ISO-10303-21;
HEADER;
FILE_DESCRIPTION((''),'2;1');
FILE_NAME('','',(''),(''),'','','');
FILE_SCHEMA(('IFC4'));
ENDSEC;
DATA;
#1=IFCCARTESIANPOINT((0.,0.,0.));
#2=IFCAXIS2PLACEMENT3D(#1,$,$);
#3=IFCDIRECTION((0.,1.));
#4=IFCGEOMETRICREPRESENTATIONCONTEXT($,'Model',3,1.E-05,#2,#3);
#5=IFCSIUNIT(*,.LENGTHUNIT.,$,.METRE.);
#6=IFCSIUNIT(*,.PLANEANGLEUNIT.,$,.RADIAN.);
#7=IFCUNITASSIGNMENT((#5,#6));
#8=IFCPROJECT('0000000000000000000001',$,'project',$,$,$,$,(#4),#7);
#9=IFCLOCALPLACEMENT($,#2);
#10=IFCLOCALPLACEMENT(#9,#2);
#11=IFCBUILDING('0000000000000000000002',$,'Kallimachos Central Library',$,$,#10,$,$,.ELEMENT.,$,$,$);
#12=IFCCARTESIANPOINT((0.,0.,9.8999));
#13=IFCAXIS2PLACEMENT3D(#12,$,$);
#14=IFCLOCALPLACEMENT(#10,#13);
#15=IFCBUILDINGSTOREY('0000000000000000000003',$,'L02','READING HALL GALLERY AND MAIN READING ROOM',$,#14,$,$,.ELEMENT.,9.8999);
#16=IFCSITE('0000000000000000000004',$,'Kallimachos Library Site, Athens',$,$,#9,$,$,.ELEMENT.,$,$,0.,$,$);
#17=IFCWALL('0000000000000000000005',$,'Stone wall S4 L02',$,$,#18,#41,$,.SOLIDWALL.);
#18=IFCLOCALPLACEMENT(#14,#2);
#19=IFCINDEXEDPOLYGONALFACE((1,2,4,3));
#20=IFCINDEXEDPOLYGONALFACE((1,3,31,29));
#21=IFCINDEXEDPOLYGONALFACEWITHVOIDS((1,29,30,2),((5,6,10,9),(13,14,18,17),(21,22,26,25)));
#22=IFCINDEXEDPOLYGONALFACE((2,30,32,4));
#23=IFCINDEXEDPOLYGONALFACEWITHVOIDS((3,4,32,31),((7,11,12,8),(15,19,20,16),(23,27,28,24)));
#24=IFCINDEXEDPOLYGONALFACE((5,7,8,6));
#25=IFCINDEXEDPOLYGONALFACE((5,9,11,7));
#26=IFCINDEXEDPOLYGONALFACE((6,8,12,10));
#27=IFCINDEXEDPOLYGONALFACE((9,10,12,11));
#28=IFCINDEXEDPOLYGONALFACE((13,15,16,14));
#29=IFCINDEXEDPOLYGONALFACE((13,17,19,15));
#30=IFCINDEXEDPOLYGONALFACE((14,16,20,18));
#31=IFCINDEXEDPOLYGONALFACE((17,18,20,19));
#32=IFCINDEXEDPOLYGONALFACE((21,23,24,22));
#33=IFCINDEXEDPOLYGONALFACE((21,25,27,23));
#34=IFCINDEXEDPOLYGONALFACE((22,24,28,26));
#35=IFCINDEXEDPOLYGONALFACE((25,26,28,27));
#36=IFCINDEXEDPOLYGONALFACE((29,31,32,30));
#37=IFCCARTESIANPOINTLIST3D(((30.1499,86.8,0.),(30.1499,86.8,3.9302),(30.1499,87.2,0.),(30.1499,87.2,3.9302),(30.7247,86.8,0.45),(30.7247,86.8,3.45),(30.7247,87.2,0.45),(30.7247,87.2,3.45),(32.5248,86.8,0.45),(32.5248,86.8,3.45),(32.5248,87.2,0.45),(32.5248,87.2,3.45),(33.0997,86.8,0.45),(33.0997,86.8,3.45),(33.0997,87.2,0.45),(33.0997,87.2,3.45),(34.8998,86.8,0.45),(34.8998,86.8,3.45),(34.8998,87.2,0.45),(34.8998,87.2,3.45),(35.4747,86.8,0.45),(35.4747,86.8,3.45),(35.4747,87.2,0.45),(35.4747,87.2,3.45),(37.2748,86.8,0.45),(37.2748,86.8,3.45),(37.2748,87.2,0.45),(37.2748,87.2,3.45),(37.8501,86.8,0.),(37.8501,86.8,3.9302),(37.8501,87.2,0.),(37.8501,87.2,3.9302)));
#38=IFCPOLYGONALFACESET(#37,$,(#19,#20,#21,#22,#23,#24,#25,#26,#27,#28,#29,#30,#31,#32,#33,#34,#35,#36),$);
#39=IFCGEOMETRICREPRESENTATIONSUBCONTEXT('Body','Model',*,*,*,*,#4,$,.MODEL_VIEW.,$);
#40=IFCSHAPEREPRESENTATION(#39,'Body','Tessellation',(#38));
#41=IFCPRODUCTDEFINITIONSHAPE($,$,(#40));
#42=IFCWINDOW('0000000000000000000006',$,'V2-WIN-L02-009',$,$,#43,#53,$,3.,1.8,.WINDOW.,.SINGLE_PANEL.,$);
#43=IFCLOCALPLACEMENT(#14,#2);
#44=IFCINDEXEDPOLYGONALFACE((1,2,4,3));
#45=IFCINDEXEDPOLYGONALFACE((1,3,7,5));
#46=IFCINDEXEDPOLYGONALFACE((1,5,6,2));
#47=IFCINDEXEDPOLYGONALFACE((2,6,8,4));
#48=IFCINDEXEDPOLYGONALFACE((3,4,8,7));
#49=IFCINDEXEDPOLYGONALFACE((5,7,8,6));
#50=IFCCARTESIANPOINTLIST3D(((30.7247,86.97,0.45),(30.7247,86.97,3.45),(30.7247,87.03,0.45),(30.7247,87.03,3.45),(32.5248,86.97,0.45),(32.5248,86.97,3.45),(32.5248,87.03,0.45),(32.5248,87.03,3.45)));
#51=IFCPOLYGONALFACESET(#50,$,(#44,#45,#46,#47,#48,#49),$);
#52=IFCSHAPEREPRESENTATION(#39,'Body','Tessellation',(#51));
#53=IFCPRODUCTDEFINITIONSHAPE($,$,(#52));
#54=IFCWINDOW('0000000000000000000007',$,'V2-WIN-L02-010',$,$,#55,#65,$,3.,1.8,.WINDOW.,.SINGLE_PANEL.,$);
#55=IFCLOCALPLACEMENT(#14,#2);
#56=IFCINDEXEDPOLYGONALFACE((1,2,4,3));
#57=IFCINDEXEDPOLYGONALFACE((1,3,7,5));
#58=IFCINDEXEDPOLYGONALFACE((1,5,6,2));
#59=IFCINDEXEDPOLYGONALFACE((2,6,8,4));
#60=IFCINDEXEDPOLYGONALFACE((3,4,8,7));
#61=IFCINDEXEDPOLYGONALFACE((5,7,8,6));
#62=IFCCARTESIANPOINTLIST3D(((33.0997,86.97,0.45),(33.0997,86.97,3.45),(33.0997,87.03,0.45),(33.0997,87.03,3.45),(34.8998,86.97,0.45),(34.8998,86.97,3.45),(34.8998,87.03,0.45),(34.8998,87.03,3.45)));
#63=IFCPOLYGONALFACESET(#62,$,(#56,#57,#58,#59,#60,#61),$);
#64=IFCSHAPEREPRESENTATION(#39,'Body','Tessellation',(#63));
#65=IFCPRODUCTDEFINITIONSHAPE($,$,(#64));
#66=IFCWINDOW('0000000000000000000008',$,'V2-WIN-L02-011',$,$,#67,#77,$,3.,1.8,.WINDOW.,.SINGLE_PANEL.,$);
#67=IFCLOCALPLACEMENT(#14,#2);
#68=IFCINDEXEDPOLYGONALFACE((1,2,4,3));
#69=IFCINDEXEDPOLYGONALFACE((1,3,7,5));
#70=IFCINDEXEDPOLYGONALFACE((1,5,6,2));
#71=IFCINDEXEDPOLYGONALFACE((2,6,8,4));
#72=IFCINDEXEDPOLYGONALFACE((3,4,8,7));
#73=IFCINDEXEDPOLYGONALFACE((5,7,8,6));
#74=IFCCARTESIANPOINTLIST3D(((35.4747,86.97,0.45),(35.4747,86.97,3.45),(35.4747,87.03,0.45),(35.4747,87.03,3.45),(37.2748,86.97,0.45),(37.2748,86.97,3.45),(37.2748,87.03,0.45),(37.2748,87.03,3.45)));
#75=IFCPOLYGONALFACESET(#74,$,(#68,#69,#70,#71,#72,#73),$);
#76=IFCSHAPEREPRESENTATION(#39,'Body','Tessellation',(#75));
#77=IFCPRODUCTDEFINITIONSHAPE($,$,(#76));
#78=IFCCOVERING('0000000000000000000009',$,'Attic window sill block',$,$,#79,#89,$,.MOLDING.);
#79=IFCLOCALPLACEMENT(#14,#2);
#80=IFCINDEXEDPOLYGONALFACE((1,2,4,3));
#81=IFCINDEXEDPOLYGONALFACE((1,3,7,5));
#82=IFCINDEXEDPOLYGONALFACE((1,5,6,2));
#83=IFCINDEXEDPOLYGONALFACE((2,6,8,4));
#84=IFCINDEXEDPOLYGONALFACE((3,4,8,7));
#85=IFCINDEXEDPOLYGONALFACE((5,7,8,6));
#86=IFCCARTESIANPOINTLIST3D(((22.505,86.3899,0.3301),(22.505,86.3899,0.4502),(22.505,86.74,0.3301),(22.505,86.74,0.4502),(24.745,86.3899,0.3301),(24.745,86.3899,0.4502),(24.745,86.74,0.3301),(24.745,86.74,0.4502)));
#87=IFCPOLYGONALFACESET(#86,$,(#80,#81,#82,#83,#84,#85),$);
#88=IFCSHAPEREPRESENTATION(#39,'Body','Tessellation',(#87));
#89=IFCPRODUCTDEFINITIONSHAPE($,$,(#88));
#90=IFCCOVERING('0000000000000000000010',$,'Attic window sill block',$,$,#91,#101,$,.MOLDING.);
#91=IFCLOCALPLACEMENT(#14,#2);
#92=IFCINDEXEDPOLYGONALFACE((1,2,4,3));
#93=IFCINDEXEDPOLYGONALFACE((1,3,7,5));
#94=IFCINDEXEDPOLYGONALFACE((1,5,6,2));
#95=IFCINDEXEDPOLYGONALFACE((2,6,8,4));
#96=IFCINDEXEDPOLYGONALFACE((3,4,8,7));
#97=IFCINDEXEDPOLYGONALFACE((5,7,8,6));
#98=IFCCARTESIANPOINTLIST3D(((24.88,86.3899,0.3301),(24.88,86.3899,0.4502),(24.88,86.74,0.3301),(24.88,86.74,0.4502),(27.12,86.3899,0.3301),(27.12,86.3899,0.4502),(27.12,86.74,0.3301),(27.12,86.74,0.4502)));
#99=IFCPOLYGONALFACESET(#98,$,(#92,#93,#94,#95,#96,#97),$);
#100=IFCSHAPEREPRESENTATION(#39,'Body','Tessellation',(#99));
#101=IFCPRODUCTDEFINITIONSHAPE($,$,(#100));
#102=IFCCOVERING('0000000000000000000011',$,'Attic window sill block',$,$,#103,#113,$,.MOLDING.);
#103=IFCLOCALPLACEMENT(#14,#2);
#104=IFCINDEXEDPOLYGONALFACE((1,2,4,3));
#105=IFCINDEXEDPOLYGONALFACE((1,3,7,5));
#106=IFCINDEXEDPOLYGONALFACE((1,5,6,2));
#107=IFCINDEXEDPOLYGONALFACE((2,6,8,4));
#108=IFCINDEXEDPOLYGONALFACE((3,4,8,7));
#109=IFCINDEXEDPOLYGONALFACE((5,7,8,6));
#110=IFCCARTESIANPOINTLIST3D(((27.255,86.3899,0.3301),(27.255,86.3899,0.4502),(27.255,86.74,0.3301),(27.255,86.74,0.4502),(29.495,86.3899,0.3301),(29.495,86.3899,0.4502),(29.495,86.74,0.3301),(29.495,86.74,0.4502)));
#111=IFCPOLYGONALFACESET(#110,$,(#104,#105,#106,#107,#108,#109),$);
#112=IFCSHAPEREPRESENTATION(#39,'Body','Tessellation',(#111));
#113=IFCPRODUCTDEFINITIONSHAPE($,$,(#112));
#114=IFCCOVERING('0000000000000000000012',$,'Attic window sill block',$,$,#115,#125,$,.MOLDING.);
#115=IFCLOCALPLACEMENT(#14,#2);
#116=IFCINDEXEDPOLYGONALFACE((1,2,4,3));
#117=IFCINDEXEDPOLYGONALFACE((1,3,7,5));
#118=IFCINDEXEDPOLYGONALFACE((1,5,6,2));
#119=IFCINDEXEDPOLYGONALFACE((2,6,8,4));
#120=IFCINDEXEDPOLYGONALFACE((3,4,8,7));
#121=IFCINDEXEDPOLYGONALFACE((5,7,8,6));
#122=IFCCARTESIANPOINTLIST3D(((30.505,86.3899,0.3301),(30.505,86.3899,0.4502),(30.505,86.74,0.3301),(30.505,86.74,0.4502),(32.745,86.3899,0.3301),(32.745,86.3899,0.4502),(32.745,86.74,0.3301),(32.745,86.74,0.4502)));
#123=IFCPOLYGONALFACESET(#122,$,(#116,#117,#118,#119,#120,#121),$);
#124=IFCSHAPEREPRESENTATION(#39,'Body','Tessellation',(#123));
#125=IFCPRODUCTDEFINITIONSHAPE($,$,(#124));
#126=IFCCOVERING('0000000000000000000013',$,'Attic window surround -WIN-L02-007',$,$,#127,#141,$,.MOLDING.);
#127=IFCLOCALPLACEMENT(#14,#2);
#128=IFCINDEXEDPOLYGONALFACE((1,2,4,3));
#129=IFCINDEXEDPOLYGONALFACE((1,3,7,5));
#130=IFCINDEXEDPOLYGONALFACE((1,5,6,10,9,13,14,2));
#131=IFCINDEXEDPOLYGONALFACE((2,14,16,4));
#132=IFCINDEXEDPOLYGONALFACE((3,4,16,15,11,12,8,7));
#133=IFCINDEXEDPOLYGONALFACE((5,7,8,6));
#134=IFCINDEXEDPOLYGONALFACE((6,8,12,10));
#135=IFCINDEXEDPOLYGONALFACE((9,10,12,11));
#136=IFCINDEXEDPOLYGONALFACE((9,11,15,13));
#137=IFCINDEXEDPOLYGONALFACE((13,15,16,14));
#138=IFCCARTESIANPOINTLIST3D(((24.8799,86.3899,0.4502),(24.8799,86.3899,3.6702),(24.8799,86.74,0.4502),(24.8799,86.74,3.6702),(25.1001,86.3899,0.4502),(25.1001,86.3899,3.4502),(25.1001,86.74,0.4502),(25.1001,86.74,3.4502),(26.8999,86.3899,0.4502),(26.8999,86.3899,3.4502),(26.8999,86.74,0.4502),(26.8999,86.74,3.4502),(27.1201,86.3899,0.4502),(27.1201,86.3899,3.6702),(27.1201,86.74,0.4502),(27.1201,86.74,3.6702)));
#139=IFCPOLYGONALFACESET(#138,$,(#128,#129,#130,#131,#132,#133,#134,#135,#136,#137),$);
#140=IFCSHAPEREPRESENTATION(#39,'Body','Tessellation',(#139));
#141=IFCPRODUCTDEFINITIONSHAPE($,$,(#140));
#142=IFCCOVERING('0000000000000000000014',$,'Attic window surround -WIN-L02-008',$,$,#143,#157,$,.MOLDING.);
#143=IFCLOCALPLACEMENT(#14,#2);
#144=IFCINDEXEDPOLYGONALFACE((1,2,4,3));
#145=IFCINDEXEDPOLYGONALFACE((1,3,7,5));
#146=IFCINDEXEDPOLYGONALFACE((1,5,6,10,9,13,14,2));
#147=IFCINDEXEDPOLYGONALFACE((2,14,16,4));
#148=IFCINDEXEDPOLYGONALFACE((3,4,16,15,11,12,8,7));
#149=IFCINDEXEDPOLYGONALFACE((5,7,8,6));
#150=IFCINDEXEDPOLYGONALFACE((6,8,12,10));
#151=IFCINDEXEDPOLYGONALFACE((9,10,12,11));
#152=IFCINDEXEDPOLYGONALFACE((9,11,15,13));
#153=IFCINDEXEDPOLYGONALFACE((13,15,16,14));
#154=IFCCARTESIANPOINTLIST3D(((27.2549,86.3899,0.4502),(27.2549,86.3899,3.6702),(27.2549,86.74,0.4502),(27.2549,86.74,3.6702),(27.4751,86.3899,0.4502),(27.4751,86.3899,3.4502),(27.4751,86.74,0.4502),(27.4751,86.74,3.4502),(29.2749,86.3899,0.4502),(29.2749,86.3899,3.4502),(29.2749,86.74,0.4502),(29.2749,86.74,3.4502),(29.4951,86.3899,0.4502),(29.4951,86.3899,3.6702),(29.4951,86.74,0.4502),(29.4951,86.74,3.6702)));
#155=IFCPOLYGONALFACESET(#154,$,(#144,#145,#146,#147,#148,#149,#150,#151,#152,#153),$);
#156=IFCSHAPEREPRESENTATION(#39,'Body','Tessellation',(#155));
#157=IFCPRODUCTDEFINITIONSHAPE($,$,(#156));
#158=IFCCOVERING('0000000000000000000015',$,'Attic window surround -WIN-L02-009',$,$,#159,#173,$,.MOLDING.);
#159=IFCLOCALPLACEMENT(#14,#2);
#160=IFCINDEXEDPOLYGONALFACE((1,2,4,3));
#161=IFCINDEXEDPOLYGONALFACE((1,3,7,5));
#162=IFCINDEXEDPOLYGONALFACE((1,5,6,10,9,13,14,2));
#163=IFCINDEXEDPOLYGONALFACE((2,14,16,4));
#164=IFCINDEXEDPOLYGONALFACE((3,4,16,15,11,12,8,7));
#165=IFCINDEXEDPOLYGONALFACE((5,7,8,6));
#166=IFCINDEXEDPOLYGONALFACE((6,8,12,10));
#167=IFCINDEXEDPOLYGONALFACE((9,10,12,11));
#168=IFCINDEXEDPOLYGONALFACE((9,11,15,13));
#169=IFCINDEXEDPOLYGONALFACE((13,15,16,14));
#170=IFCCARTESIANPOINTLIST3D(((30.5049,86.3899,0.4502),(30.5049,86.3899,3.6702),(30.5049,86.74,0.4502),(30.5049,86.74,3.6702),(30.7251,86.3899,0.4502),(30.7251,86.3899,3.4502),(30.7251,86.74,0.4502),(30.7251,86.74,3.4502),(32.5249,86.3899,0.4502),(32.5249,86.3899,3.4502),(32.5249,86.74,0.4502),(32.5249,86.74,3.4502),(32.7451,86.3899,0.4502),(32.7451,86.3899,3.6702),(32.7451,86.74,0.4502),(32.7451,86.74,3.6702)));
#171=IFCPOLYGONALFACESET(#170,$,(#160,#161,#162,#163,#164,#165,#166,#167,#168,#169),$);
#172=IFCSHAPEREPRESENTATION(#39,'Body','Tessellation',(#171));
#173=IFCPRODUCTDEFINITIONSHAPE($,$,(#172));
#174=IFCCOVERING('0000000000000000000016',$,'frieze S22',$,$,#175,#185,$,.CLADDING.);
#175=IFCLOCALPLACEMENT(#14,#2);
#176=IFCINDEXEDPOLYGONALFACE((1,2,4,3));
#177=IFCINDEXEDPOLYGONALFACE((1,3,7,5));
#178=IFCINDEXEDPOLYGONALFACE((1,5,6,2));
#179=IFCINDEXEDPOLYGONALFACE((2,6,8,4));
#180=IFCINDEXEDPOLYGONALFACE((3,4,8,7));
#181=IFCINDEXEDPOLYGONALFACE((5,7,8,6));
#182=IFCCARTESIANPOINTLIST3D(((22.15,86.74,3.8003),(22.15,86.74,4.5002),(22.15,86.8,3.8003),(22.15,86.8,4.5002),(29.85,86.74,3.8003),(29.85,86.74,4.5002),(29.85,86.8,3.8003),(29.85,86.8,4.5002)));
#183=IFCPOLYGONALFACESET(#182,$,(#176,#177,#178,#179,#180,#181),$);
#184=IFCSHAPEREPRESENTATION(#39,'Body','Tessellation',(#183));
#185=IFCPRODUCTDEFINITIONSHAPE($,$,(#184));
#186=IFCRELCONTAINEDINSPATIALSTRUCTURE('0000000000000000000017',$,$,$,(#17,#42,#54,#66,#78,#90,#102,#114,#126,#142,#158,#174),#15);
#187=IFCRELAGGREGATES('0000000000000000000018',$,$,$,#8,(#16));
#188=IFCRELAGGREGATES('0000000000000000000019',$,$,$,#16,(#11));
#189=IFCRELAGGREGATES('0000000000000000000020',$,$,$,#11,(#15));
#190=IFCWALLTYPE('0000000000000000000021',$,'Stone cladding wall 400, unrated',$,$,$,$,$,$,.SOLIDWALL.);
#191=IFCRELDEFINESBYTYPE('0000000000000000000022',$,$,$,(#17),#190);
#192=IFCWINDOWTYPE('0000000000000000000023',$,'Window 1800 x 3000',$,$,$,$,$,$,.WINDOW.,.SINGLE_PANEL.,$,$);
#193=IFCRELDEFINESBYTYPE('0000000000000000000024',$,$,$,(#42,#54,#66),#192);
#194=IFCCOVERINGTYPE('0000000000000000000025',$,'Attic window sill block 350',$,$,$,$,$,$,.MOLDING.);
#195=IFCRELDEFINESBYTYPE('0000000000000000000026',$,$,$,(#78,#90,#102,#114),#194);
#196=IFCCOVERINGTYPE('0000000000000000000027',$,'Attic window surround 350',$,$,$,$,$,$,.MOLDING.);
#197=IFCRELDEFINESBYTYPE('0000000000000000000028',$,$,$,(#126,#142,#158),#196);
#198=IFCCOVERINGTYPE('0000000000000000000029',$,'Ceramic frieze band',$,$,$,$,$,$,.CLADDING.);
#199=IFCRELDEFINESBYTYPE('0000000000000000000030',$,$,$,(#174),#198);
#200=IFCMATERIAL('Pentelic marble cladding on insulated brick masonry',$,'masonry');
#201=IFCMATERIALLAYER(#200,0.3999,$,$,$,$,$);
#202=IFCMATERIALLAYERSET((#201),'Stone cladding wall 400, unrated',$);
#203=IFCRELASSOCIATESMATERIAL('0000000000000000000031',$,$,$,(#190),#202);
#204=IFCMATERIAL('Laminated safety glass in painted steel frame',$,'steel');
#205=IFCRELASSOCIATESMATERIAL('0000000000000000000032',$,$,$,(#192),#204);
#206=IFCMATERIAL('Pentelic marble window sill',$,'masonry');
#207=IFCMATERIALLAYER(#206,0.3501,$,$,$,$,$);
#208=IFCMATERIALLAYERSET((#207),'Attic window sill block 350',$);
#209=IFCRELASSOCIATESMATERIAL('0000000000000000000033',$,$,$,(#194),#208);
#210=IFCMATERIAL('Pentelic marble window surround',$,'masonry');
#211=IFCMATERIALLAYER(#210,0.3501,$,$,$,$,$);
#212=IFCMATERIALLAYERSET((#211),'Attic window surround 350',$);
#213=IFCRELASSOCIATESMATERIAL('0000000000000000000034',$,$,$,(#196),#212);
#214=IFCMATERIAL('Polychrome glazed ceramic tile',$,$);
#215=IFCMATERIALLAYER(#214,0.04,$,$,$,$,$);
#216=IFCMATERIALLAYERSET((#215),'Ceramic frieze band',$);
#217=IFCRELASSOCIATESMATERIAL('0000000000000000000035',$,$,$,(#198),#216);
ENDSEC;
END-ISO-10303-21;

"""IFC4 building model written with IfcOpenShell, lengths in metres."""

from ifc_helpers import new_model, si_unit, direction, frame, frame_2d, origin, origin_2d, place, context, subcontext, project, spatial, polyline, rectangle, outline, extrude, material, layer, layer_set, type_object, element, fill, save


model = new_model("IFC4")

# Units and contexts
model_context = context("Model", 3, precision=1e-05, world=origin(), true_north=direction((0.0, 1.0)))
body_context = subcontext(model_context, "Body", "Model", "MODEL_VIEW")
ifc_project = project(units=[si_unit("LENGTHUNIT", "METRE"), si_unit("PLANEANGLEUNIT", "RADIAN")], contexts=[model_context])

# Site, building, storey
site_placement = place(None, origin())
site = spatial("IfcSite", under=ifc_project, at=site_placement, Name="Kallimachos Library Site, Athens", CompositionType="ELEMENT", RefElevation=0.0)
building_placement = place(site_placement, origin())
building = spatial("IfcBuilding", under=site, at=building_placement, Name="Kallimachos Central Library", CompositionType="ELEMENT")
storey_placement = place(building_placement, frame((0.0, 0.0, 9.8999)))
storey = spatial("IfcBuildingStorey", under=building, at=storey_placement, Name="L02", Description="READING HALL GALLERY AND MAIN READING ROOM", CompositionType="ELEMENT", Elevation=9.8999)

# Wall, openings, windows
ifc_material_1 = material(Name="Pentelic marble cladding on insulated brick masonry", Category="masonry")
ifc_layer_1 = layer(ifc_material_1, 0.3999)
ifc_layer_set_1 = layer_set([ifc_layer_1], Name="Stone cladding wall 400, unrated")
wall_type_1 = type_object("IfcWallType", Name="Stone cladding wall 400, unrated", PredefinedType="SOLIDWALL", material=ifc_layer_set_1)
wall_1_placement = place(storey_placement, frame((30.1499, 87.0, 0.0), z_axis=(0.0, 0.0, 1.0), x_axis=(1.0, 0.0, 0.0)))
wall_1 = element("IfcWall", 1, at=wall_1_placement, inside=storey, type_object=wall_type_1, Name="Stone wall S4 L02", PredefinedType="SOLIDWALL", context=body_context, shape_type="SweptSolid", body=[
    extrude(rectangle(XDim=7.7002, YDim=0.3999, at=frame_2d((3.8501, 0.0))), origin(), (0.0, 0.0, 1.0), 3.9302),
])
opening_1_placement = place(wall_1_placement, frame((0.575, 0.0, 0.45)))
opening_1 = element("IfcOpeningElement", 2, at=opening_1_placement, cuts=wall_1, PredefinedType="OPENING", context=body_context, shape_type="SweptSolid", body=[
    extrude(rectangle(XDim=1.8, YDim=3.0, at=frame_2d((0.8999, 1.5))), frame((0.0, 0.21, 0.0), z_axis=(0.0, -1.0, 0.0), x_axis=(1.0, 0.0, 0.0)), (0.0, 0.0, 1.0), 0.4199),
])
opening_2_placement = place(wall_1_placement, frame((2.95, 0.0, 0.45)))
opening_2 = element("IfcOpeningElement", 3, at=opening_2_placement, cuts=wall_1, PredefinedType="OPENING", context=body_context, shape_type="SweptSolid", body=[
    extrude(rectangle(XDim=1.8, YDim=3.0, at=frame_2d((0.8999, 1.5))), frame((0.0, 0.21, 0.0), z_axis=(0.0, -1.0, 0.0), x_axis=(1.0, 0.0, 0.0)), (0.0, 0.0, 1.0), 0.4199),
])
opening_3_placement = place(wall_1_placement, frame((5.325, 0.0, 0.45)))
opening_3 = element("IfcOpeningElement", 4, at=opening_3_placement, cuts=wall_1, PredefinedType="OPENING", context=body_context, shape_type="SweptSolid", body=[
    extrude(rectangle(XDim=1.8, YDim=3.0, at=frame_2d((0.8999, 1.5))), frame((0.0, 0.21, 0.0), z_axis=(0.0, -1.0, 0.0), x_axis=(1.0, 0.0, 0.0)), (0.0, 0.0, 1.0), 0.4199),
])
ifc_material_2 = material(Name="Laminated safety glass in painted steel frame", Category="steel")
window_type = type_object("IfcWindowType", Name="Window 1800 x 3000", PartitioningType="SINGLE_PANEL", PredefinedType="WINDOW", material=ifc_material_2)
window_1_placement = place(opening_1_placement, origin())
window_1 = element("IfcWindow", 5, at=window_1_placement, inside=storey, type_object=window_type, Name="V2-WIN-L02-009", OverallHeight=3.0, OverallWidth=1.8, PartitioningType="SINGLE_PANEL", PredefinedType="WINDOW", context=body_context, shape_type="SweptSolid", body=[
    extrude(rectangle(XDim=1.8, YDim=3.0, at=frame_2d((0.8999, 1.5))), frame((0.0, 0.03, 0.0), z_axis=(0.0, -1.0, 0.0), x_axis=(1.0, 0.0, 0.0)), (0.0, 0.0, 1.0), 0.0601),
])
fill(opening_1, window_1)
window_2_placement = place(opening_2_placement, origin())
window_2 = element("IfcWindow", 6, at=window_2_placement, inside=storey, type_object=window_type, Name="V2-WIN-L02-010", OverallHeight=3.0, OverallWidth=1.8, PartitioningType="SINGLE_PANEL", PredefinedType="WINDOW", context=body_context, shape_type="SweptSolid", body=[
    extrude(rectangle(XDim=1.8, YDim=3.0, at=frame_2d((0.8999, 1.5))), frame((0.0, 0.03, 0.0), z_axis=(0.0, -1.0, 0.0), x_axis=(1.0, 0.0, 0.0)), (0.0, 0.0, 1.0), 0.0601),
])
fill(opening_2, window_2)
window_3_placement = place(opening_3_placement, origin())
window_3 = element("IfcWindow", 7, at=window_3_placement, inside=storey, type_object=window_type, Name="V2-WIN-L02-011", OverallHeight=3.0, OverallWidth=1.8, PartitioningType="SINGLE_PANEL", PredefinedType="WINDOW", context=body_context, shape_type="SweptSolid", body=[
    extrude(rectangle(XDim=1.8, YDim=3.0, at=frame_2d((0.8999, 1.5))), frame((0.0, 0.03, 0.0), z_axis=(0.0, -1.0, 0.0), x_axis=(1.0, 0.0, 0.0)), (0.0, 0.0, 1.0), 0.0601),
])
fill(opening_3, window_3)

# Coverings
ifc_material_3 = material(Name="Pentelic marble window sill", Category="masonry")
ifc_layer_2 = layer(ifc_material_3, 0.3501)
ifc_layer_set_2 = layer_set([ifc_layer_2], Name="Attic window sill block 350")
covering_type_1 = type_object("IfcCoveringType", Name="Attic window sill block 350", PredefinedType="MOLDING", material=ifc_layer_set_2)
for number, where, z_axis, x_axis, name in (
    (8, (23.625, 86.5649, 0.3301), (0.0, 0.0, 1.0), (1.0, 0.0, 0.0), "Attic window sill block"),
    (9, (26.0, 86.5649, 0.3301), (0.0, 0.0, 1.0), (1.0, 0.0, 0.0), "Attic window sill block"),
    (10, (28.375, 86.5649, 0.3301), (0.0, 0.0, 1.0), (1.0, 0.0, 0.0), "Attic window sill block"),
    (11, (31.625, 86.5649, 0.3301), (0.0, 0.0, 1.0), (1.0, 0.0, 0.0), "Attic window sill block"),
):
    element("IfcCovering", number, at=place(storey_placement, frame(where, z_axis=z_axis, x_axis=x_axis)), inside=storey, type_object=covering_type_1, Name=name, PredefinedType="MOLDING", context=body_context, shape_type="SweptSolid", body=[
        extrude(rectangle(XDim=2.24, YDim=0.3501, at=origin_2d()), origin(), (0.0, 0.0, 1.0), 0.1201),
    ])
ifc_material_4 = material(Name="Pentelic marble window surround", Category="masonry")
ifc_layer_3 = layer(ifc_material_4, 0.3501)
ifc_layer_set_3 = layer_set([ifc_layer_3], Name="Attic window surround 350")
covering_type_2 = type_object("IfcCoveringType", Name="Attic window surround 350", PredefinedType="MOLDING", material=ifc_layer_set_3)
for number, where, z_axis, x_axis, name in (
    (12, (25.1001, 86.3899, 0.4502), (0.0, -1.0, 0.0), (0.0, 0.0, 1.0), "Attic window surround -WIN-L02-007"),
    (13, (27.4751, 86.3899, 0.4502), (0.0, -1.0, 0.0), (0.0, 0.0, 1.0), "Attic window surround -WIN-L02-008"),
    (14, (30.7251, 86.3899, 0.4502), (0.0, -1.0, 0.0), (0.0, 0.0, 1.0), "Attic window surround -WIN-L02-009"),
):
    element("IfcCovering", number, at=place(storey_placement, frame(where, z_axis=z_axis, x_axis=x_axis)), inside=storey, type_object=covering_type_2, Name=name, PredefinedType="MOLDING", context=body_context, shape_type="SweptSolid", body=[
        extrude(outline(polyline([(0.0, 0.0), (3.0, 0.0), (3.0, -1.7998), (0.0, -1.7998), (0.0, -2.02), (3.22, -2.02), (3.22, 0.2202), (0.0, 0.2202), (0.0, 0.0)])), origin(), (0.0, 0.0, -1.0), 0.3501),
    ])
ifc_material_5 = material(Name="Polychrome glazed ceramic tile")
ifc_layer_4 = layer(ifc_material_5, 0.04)
ifc_layer_set_4 = layer_set([ifc_layer_4], Name="Ceramic frieze band")
covering_type_3 = type_object("IfcCoveringType", Name="Ceramic frieze band", PredefinedType="CLADDING", material=ifc_layer_set_4)
covering_1_placement = place(storey_placement, frame((26.0, 86.77, 3.8003), z_axis=(0.0, 0.0, 1.0), x_axis=(1.0, 0.0, 0.0)))
element("IfcCovering", 15, at=covering_1_placement, inside=storey, type_object=covering_type_3, Name="frieze S22", PredefinedType="CLADDING", context=body_context, shape_type="SweptSolid", body=[
    extrude(rectangle(XDim=7.7, YDim=0.0601, at=origin_2d()), origin(), (0.0, 0.0, 1.0), 0.7),
])

save(model, "model.ifc")
